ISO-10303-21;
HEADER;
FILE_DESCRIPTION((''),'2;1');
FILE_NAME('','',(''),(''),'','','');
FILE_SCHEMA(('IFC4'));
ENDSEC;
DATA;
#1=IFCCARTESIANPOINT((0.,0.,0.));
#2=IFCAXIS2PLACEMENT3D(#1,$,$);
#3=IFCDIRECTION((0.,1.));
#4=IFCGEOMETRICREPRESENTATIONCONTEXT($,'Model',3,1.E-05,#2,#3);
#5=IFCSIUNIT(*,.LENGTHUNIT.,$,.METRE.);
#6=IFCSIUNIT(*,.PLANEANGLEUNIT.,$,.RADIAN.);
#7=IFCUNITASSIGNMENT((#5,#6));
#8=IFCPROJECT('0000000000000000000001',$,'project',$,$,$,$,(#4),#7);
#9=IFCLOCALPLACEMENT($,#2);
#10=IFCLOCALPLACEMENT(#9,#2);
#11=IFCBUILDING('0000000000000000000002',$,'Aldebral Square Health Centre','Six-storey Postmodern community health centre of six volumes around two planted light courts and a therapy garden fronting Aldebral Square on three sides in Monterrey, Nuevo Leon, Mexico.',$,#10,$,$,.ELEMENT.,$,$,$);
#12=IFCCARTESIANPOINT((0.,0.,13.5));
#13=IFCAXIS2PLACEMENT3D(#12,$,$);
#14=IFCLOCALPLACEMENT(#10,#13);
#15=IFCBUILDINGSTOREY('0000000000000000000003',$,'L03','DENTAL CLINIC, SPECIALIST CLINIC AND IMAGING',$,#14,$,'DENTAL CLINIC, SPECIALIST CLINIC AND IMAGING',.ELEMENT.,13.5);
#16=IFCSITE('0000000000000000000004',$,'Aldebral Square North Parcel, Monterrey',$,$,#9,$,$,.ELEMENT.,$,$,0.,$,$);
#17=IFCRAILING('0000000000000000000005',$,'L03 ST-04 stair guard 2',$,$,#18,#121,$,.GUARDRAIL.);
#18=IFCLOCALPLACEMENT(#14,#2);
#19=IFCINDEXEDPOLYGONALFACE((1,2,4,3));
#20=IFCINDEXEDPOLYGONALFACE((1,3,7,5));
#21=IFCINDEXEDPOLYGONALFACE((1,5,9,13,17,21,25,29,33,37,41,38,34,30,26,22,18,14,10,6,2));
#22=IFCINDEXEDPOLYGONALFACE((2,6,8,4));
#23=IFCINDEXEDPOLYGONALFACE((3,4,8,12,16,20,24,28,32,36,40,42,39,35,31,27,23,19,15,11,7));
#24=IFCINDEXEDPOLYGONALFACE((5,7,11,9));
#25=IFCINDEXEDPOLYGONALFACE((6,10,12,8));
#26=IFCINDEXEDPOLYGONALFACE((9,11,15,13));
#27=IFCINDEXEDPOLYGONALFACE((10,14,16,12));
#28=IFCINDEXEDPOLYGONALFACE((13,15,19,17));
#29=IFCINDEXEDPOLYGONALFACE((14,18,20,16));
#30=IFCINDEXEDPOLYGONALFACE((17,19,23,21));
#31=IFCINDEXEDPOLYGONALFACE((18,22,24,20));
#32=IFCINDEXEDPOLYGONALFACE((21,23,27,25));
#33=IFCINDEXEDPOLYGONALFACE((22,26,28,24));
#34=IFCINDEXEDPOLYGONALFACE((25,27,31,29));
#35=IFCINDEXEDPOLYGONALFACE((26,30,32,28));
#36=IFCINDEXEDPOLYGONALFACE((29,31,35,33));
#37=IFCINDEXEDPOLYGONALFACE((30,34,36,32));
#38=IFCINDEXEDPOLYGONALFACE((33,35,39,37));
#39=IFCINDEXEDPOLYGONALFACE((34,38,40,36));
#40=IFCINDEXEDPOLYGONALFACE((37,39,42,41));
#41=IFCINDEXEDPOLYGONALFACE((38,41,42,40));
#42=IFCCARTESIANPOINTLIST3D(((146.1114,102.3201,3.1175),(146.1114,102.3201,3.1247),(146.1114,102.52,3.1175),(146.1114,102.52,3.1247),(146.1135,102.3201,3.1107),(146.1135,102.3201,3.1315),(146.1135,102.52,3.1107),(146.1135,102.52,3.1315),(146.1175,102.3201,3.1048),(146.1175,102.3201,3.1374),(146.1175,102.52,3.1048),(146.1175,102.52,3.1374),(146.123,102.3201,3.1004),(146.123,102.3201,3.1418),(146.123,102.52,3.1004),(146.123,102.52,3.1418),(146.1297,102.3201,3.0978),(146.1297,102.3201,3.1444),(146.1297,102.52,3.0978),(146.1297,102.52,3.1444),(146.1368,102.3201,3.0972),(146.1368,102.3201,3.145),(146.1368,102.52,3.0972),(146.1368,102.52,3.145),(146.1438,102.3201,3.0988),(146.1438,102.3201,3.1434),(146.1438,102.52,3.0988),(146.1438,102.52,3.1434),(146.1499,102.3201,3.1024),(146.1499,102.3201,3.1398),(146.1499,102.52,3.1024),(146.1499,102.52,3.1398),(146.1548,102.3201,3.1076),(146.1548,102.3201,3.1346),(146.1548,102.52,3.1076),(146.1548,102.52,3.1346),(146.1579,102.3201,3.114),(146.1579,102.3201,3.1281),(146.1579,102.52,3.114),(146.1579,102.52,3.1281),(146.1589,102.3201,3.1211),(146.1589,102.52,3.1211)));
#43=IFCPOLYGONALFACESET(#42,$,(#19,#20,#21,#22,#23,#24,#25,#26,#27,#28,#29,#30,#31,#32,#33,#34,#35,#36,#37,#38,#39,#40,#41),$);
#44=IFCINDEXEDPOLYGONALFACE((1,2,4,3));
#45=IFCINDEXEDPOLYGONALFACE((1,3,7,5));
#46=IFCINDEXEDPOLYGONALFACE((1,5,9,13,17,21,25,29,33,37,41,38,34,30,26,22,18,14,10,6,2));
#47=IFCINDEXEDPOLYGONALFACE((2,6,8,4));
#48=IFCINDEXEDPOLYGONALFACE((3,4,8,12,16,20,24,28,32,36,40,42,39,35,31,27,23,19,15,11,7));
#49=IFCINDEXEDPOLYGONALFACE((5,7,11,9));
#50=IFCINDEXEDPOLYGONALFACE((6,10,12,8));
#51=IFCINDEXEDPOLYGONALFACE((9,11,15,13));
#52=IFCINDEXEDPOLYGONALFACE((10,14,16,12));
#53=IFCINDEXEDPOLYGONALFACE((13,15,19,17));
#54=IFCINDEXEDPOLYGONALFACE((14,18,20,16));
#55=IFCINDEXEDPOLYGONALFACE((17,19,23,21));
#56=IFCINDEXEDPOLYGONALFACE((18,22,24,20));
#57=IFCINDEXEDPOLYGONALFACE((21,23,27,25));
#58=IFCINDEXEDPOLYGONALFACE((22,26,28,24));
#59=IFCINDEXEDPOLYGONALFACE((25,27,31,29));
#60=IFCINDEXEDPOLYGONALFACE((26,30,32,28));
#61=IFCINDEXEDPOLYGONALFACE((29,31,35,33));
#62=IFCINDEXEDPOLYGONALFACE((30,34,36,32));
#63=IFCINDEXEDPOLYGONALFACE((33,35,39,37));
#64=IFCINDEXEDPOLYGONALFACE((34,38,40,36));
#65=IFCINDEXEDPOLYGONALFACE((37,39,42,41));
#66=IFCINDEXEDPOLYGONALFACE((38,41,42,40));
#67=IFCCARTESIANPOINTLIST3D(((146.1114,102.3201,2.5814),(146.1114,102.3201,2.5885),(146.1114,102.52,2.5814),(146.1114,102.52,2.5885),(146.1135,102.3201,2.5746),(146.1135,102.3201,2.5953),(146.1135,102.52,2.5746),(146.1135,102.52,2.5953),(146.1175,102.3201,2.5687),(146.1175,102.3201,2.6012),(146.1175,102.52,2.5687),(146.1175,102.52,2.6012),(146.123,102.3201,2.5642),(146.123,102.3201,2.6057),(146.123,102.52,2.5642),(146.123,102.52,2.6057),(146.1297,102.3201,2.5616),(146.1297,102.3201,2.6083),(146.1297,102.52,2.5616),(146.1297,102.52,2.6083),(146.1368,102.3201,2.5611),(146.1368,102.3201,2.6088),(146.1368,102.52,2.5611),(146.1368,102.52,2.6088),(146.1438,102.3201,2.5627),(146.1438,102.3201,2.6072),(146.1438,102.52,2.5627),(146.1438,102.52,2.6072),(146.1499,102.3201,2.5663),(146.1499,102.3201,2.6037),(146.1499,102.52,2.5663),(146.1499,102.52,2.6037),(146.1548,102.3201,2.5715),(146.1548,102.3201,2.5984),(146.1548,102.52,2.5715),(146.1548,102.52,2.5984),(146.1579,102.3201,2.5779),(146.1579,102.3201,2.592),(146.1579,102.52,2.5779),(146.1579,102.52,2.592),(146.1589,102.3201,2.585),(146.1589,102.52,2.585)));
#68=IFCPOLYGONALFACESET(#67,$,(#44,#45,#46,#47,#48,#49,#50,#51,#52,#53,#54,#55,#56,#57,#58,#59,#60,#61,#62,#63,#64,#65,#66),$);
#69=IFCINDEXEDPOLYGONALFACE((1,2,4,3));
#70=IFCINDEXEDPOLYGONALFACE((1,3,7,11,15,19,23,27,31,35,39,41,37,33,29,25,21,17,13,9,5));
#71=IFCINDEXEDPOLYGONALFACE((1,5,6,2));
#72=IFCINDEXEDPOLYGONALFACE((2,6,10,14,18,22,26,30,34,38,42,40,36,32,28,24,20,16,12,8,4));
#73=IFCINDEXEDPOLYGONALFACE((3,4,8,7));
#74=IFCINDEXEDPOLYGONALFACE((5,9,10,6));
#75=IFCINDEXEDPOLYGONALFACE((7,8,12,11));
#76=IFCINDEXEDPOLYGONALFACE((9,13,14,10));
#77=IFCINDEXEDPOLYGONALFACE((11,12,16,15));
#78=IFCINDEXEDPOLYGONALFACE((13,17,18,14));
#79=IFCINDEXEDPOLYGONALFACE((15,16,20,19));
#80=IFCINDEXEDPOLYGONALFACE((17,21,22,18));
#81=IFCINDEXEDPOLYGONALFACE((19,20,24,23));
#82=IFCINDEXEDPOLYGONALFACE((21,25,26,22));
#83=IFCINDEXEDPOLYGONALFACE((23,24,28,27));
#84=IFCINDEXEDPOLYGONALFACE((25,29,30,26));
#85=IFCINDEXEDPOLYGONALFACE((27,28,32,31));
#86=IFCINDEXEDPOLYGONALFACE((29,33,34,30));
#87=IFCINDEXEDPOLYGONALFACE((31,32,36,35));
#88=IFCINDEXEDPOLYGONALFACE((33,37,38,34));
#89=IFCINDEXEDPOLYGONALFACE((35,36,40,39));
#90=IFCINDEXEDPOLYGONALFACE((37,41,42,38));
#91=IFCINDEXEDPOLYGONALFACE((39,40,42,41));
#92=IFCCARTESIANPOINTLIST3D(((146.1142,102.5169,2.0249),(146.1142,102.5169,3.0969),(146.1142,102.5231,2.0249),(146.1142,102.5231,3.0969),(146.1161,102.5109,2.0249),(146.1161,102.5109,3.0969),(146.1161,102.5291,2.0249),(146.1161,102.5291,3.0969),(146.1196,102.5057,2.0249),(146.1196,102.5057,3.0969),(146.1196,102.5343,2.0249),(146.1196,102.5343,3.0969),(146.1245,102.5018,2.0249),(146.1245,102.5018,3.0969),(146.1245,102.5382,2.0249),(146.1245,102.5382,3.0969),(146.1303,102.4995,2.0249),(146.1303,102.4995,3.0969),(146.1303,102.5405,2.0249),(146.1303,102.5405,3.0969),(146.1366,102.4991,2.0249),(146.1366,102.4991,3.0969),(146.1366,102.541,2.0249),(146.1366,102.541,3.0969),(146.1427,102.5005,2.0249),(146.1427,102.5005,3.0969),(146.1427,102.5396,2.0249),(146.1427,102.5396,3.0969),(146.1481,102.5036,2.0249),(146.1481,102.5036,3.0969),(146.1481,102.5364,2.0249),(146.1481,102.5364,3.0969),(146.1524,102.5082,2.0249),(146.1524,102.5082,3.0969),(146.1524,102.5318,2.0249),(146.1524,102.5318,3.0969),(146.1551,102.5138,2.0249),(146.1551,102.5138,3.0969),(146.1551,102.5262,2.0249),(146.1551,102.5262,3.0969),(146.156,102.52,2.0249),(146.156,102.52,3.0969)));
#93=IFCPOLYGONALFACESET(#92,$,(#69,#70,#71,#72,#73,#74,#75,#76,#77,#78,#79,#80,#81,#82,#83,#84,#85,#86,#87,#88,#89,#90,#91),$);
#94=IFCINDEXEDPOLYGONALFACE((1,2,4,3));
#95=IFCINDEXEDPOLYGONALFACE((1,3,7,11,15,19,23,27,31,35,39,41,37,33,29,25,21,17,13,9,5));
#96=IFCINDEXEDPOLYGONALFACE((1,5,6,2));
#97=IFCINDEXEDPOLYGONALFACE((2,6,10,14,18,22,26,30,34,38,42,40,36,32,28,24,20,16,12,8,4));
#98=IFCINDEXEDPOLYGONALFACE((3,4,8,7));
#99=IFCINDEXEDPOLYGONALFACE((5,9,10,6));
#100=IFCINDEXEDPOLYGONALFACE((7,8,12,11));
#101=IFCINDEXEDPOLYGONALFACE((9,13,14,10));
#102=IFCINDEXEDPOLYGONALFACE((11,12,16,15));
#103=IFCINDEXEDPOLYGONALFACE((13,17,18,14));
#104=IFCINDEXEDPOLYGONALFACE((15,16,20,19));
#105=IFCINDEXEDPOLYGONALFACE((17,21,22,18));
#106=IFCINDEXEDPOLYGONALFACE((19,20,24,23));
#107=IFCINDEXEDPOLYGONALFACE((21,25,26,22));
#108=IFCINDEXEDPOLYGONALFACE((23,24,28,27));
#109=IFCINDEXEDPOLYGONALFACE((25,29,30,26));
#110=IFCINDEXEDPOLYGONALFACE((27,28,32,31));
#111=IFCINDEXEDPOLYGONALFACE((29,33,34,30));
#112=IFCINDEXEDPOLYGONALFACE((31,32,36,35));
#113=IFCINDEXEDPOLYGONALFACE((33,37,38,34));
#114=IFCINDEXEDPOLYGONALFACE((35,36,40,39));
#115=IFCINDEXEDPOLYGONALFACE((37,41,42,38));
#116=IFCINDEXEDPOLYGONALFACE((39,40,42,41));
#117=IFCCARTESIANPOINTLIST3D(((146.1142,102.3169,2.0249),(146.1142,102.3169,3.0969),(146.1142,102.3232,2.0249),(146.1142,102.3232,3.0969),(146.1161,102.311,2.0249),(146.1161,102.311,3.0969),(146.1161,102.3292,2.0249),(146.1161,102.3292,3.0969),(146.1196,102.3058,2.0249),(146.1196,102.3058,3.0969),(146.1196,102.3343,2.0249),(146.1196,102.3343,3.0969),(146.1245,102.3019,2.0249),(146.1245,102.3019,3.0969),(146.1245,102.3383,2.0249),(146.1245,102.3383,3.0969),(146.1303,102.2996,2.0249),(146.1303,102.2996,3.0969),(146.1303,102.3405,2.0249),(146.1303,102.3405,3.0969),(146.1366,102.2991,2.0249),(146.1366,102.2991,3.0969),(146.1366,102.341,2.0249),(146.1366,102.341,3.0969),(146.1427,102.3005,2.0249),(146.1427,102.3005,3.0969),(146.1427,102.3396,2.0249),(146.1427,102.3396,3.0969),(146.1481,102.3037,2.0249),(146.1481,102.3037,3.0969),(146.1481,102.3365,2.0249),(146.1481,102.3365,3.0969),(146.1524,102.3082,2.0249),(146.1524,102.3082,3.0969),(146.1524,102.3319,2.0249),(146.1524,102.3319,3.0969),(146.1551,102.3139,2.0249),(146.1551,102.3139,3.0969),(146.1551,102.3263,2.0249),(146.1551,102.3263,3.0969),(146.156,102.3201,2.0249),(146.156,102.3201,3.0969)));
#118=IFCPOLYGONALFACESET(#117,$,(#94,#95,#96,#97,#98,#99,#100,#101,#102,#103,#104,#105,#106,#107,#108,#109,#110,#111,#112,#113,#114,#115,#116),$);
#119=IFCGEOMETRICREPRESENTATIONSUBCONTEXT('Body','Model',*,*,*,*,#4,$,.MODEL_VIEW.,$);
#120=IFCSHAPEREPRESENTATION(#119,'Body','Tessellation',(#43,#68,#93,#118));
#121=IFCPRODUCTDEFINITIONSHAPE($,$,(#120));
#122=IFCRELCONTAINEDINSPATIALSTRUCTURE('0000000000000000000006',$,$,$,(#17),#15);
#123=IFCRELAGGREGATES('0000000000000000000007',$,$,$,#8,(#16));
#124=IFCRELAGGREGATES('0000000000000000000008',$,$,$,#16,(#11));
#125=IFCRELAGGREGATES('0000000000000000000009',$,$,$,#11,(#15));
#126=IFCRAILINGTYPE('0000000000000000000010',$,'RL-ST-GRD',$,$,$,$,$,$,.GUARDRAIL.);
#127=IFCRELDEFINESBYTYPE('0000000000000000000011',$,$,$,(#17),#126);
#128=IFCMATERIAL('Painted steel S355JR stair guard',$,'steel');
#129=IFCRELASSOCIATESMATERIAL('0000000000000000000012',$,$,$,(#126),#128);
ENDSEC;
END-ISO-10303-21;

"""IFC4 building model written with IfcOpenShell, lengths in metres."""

from ifc_helpers import new_model, si_unit, direction, frame, origin, origin_2d, place, context, subcontext, project, spatial, circle, extrude, material, type_object, element, save


model = new_model("IFC4")

# Units and contexts
model_context = context("Model", 3, precision=1e-05, world=origin(), true_north=direction((0.0, 1.0)))
body_context = subcontext(model_context, "Body", "Model", "MODEL_VIEW")
ifc_project = project(units=[si_unit("LENGTHUNIT", "METRE"), si_unit("PLANEANGLEUNIT", "RADIAN")], contexts=[model_context])

# Site, building, storey
site_placement = place(None, origin())
site = spatial("IfcSite", under=ifc_project, at=site_placement, Name="Aldebral Square North Parcel, Monterrey", CompositionType="ELEMENT", RefElevation=0.0)
building_placement = place(site_placement, origin())
building = spatial("IfcBuilding", under=site, at=building_placement, Name="Aldebral Square Health Centre", Description="Six-storey Postmodern community health centre of six volumes around two planted light courts and a therapy garden fronting Aldebral Square on three sides in Monterrey, Nuevo Leon, Mexico.", CompositionType="ELEMENT")
storey_placement = place(building_placement, frame((0.0, 0.0, 13.5)))
storey = spatial("IfcBuildingStorey", under=building, at=storey_placement, Name="L03", Description="DENTAL CLINIC, SPECIALIST CLINIC AND IMAGING", LongName="DENTAL CLINIC, SPECIALIST CLINIC AND IMAGING", CompositionType="ELEMENT", Elevation=13.5)

# Railing
ifc_material_1 = material(Name="Painted steel S355JR stair guard", Category="steel")
railing_type_1 = type_object("IfcRailingType", Name="RL-ST-GRD", PredefinedType="GUARDRAIL", material=ifc_material_1)
railing_1_placement = place(storey_placement, frame((146.135, 102.52, 2.0249)))
element("IfcRailing", 1, at=railing_1_placement, inside=storey, type_object=railing_type_1, Name="L03 ST-04 stair guard 2", PredefinedType="GUARDRAIL", context=body_context, shape_type="SweptSolid", body=[
    extrude(circle(Radius=0.0239, at=origin_2d()), frame((0.0, 0.0, 1.0962), z_axis=(0.0, -1.0, 0.0), x_axis=(1.0, 0.0, 0.0)), (0.0, 0.0, 1.0), 0.2),
    extrude(circle(Radius=0.0239, at=origin_2d()), frame((0.0, 0.0, 0.5601), z_axis=(0.0, -1.0, 0.0), x_axis=(1.0, 0.0, 0.0)), (0.0, 0.0, 1.0), 0.2),
    extrude(circle(Radius=0.021, at=origin_2d()), origin(), (0.0, 0.0, 1.0), 1.072),
    extrude(circle(Radius=0.021, at=origin_2d()), frame((0.0, -0.2, 0.0)), (0.0, 0.0, 1.0), 1.072),
])

save(model, "model.ifc")
